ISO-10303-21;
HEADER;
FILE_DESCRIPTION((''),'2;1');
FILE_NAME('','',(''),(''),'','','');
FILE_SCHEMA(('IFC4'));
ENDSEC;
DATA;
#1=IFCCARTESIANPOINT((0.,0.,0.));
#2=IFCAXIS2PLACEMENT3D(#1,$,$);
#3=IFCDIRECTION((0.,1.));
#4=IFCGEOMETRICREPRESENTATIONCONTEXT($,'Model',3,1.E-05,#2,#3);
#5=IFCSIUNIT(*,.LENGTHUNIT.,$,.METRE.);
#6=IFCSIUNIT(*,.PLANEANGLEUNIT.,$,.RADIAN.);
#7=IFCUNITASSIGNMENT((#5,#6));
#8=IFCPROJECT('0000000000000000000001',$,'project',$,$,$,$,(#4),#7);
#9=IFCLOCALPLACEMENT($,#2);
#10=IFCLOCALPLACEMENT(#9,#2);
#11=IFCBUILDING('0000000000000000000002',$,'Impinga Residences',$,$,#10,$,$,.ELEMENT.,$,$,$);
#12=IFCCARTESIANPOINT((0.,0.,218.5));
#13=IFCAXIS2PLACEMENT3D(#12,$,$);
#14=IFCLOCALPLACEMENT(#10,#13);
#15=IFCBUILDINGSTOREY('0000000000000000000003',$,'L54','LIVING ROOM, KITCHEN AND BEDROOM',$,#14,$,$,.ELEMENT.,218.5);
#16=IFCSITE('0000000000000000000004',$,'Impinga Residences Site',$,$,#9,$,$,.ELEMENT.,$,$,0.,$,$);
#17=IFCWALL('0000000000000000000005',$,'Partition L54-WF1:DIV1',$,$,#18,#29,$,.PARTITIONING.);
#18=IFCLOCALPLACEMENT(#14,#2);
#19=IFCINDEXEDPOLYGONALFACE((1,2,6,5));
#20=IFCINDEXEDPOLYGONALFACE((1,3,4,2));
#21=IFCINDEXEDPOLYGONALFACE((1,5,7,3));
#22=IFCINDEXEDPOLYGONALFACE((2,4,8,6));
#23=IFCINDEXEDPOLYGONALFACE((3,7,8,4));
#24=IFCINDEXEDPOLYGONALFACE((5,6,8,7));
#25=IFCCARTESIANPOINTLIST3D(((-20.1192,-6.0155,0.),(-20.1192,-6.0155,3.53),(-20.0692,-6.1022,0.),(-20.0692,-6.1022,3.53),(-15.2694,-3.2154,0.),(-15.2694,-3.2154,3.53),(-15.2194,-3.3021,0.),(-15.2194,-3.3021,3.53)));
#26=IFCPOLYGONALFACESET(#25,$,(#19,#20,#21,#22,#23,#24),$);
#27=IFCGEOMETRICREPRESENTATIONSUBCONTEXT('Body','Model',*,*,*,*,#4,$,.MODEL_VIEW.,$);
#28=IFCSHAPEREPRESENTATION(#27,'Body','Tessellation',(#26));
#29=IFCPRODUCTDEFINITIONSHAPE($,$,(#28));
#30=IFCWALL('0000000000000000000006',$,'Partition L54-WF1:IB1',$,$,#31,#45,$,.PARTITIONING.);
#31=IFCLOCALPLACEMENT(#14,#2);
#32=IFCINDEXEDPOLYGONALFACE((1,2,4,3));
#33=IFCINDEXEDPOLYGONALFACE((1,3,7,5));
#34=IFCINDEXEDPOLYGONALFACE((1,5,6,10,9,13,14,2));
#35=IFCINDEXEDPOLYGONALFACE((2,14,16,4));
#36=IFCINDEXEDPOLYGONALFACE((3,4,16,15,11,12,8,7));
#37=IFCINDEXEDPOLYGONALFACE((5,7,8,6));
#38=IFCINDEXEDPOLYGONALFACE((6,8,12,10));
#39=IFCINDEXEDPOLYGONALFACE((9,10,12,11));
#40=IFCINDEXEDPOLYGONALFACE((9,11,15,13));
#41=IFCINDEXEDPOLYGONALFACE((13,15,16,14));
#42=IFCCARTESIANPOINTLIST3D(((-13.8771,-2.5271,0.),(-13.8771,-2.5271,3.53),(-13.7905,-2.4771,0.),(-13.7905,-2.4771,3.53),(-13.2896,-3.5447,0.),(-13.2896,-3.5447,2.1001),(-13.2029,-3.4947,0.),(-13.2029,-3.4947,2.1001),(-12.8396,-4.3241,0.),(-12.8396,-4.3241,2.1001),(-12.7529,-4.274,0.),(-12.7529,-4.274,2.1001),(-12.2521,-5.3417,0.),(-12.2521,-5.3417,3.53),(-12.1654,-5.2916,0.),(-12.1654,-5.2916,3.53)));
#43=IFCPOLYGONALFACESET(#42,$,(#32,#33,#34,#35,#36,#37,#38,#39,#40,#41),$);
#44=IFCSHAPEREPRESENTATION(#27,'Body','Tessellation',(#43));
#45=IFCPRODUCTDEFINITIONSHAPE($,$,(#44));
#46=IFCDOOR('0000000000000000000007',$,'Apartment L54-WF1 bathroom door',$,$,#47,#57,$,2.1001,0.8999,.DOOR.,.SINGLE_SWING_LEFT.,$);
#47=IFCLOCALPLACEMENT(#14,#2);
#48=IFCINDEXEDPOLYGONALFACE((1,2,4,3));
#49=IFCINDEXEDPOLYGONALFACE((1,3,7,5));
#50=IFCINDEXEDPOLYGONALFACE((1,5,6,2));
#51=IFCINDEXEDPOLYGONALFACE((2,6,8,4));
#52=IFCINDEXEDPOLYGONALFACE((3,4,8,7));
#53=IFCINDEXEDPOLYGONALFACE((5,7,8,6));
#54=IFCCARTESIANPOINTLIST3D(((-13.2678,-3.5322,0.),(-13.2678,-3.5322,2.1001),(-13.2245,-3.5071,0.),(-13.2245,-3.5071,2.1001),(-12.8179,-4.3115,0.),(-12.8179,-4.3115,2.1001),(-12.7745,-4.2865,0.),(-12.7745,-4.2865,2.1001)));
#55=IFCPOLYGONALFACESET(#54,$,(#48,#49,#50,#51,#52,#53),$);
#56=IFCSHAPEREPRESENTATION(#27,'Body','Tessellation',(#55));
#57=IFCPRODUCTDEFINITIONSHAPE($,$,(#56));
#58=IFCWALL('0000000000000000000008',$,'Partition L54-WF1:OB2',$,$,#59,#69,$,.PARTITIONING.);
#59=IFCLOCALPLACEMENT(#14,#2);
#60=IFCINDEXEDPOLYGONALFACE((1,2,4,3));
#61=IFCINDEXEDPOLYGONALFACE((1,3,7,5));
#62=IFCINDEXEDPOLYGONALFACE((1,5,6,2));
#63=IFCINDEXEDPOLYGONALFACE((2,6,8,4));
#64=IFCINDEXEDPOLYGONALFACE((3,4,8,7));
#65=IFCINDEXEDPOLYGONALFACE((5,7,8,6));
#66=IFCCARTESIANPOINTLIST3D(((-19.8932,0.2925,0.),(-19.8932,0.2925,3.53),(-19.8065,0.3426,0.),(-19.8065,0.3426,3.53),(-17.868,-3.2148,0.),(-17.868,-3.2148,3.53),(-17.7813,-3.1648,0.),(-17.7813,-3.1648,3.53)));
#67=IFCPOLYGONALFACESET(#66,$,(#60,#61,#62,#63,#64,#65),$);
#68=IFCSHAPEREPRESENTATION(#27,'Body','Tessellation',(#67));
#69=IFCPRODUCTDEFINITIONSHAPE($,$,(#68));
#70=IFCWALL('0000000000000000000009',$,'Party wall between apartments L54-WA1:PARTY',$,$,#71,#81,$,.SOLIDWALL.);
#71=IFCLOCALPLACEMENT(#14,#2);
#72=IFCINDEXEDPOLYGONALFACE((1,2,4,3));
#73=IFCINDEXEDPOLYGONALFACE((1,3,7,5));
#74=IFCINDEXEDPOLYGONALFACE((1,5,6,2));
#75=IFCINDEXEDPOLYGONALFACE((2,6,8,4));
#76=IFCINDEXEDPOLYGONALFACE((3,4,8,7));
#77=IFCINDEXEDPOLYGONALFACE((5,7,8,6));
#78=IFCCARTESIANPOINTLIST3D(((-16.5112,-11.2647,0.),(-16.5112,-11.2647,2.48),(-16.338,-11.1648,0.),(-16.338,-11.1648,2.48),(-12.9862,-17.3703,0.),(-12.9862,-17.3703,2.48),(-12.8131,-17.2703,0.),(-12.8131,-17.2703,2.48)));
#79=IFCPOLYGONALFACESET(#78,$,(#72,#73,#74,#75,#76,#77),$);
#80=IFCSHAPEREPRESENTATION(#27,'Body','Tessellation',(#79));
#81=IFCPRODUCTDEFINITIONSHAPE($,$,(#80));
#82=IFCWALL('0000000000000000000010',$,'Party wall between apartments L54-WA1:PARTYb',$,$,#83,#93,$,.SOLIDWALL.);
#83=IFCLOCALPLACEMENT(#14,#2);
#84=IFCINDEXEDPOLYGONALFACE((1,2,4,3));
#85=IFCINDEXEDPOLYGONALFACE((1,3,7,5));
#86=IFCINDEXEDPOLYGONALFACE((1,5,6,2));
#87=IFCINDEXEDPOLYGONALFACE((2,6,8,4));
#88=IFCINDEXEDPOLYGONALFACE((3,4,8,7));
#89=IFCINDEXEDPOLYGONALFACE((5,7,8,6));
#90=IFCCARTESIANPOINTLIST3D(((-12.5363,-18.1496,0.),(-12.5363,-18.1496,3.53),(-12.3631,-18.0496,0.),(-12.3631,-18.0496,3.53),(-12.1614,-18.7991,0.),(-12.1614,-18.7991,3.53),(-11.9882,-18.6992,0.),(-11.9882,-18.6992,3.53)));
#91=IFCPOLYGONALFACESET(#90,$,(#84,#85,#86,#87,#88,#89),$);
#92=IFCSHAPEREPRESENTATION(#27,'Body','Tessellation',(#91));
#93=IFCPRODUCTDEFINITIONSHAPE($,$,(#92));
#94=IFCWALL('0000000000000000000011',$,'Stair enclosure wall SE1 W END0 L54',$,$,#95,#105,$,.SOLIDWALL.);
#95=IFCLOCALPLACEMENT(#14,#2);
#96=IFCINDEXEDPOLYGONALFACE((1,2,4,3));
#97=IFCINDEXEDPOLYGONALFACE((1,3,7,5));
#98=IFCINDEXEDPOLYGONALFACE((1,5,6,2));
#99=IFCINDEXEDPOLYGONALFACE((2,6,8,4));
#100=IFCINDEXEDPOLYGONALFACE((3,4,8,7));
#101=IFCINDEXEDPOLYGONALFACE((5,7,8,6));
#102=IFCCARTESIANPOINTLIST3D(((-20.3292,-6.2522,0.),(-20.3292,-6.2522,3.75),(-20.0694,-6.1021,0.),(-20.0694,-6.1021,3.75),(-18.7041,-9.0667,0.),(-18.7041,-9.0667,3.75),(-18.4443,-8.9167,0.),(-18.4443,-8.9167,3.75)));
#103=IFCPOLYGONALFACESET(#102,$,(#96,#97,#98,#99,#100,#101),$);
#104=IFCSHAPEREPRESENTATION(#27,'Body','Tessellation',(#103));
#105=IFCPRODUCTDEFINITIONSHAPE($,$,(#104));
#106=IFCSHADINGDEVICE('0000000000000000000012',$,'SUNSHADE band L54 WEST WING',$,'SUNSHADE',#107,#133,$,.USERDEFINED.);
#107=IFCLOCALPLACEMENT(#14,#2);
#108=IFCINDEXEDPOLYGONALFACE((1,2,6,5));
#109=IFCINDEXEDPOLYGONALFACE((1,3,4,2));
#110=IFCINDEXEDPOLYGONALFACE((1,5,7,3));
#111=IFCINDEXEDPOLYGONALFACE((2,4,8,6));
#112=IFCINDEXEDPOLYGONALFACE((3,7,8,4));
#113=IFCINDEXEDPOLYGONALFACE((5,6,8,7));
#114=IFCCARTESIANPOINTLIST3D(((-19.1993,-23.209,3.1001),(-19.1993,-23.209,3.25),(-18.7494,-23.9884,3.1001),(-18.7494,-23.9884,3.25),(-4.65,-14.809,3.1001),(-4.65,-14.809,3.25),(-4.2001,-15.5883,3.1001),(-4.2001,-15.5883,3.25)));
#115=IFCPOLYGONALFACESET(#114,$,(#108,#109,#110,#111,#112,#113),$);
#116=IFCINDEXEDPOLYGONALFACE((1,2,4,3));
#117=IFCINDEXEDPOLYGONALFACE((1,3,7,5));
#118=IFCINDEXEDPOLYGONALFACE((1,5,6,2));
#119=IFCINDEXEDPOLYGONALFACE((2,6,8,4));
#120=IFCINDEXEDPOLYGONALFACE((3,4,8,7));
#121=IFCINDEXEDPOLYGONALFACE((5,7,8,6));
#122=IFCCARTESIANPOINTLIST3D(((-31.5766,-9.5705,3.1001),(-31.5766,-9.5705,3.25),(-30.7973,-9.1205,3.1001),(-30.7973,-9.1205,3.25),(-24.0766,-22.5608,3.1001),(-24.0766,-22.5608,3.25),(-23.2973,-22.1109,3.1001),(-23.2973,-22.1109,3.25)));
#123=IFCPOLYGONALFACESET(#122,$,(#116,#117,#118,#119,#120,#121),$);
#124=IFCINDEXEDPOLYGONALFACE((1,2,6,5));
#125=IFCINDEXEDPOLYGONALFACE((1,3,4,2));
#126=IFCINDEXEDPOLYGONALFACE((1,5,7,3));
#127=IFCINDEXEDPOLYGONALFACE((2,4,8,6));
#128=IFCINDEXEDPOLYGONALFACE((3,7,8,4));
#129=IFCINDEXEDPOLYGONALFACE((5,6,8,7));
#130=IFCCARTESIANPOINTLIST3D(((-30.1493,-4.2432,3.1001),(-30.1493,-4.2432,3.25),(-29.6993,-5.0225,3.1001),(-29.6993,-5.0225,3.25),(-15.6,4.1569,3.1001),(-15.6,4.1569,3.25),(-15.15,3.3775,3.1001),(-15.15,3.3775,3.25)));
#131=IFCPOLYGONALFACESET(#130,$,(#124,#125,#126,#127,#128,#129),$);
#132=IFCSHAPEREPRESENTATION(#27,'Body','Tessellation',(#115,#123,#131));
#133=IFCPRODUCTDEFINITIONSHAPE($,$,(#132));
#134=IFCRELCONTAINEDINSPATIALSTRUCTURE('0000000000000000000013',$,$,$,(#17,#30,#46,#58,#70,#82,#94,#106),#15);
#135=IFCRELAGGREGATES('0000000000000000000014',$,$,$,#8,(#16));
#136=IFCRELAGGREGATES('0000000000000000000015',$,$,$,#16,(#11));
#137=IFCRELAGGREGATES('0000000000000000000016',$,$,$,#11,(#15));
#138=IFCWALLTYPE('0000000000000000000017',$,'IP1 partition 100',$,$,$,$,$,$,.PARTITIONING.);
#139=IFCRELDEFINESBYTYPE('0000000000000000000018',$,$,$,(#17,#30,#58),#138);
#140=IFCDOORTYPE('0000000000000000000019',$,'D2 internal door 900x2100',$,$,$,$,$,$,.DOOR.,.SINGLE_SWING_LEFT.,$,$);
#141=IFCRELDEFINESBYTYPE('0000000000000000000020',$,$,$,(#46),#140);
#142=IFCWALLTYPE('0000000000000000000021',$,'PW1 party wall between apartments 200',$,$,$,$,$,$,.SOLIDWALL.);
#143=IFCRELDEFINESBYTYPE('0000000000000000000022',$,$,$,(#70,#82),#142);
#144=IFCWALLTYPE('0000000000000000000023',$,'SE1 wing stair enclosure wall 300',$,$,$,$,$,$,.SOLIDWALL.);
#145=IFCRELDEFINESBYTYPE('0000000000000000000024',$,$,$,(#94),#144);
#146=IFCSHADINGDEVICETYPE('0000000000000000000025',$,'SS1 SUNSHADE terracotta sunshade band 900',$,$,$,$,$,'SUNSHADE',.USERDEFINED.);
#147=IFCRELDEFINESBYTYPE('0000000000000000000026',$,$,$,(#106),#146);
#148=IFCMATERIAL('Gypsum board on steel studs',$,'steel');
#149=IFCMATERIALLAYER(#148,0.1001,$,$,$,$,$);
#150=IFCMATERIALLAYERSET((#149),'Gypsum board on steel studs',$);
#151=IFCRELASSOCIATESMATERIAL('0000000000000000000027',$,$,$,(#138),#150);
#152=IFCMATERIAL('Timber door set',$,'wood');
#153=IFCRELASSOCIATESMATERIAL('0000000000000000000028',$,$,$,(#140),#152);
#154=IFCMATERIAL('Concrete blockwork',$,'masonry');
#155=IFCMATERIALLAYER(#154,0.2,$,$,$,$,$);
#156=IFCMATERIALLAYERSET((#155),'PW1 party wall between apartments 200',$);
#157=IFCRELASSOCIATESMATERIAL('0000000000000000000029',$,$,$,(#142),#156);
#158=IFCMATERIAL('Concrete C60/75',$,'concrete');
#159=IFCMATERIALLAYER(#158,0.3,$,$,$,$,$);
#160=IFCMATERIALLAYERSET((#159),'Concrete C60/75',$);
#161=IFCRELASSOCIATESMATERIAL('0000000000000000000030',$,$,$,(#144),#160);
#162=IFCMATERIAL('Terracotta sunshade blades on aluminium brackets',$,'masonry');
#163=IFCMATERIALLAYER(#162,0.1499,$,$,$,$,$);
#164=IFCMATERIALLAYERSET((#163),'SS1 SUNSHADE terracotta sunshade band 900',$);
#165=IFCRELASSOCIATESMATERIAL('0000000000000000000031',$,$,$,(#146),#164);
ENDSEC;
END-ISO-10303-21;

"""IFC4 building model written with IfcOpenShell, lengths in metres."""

from ifc_helpers import new_model, si_unit, direction, frame, frame_2d, origin, origin_2d, place, context, subcontext, project, spatial, rectangle, extrude, material, layer, layer_set, type_object, element, fill, save


model = new_model("IFC4")

# Units and contexts
model_context = context("Model", 3, precision=1e-05, world=origin(), true_north=direction((0.0, 1.0)))
body_context = subcontext(model_context, "Body", "Model", "MODEL_VIEW")
ifc_project = project(units=[si_unit("LENGTHUNIT", "METRE"), si_unit("PLANEANGLEUNIT", "RADIAN")], contexts=[model_context])

# Site, building, storey
site_placement = place(None, origin())
site = spatial("IfcSite", under=ifc_project, at=site_placement, Name="Impinga Residences Site", CompositionType="ELEMENT", RefElevation=0.0)
building_placement = place(site_placement, origin())
building = spatial("IfcBuilding", under=site, at=building_placement, Name="Impinga Residences", CompositionType="ELEMENT")
storey_placement = place(building_placement, frame((0.0, 0.0, 218.5)))
storey = spatial("IfcBuildingStorey", under=building, at=storey_placement, Name="L54", Description="LIVING ROOM, KITCHEN AND BEDROOM", CompositionType="ELEMENT", Elevation=218.5)

# Shared definitions
ifc_material_1 = material(Name="Concrete C60/75", Category="concrete")

# Shared definitions
ifc_material_2 = material(Name="Gypsum board on steel studs", Category="steel")
ifc_layer_1 = layer(ifc_material_2, 0.1001)
ifc_layer_set_1 = layer_set([ifc_layer_1], Name="Gypsum board on steel studs")
wall_type_1 = type_object("IfcWallType", Name="IP1 partition 100", PredefinedType="PARTITIONING", material=ifc_layer_set_1)

# Shared definitions
ifc_material_3 = material(Name="Timber door set", Category="wood")
door_type = type_object("IfcDoorType", Name="D2 internal door 900x2100", OperationType="SINGLE_SWING_LEFT", PredefinedType="DOOR", material=ifc_material_3)

# Wall
wall_1_placement = place(storey_placement, frame((-15.2444, -3.2588, 0.0), z_axis=(0.0, 0.0, 1.0), x_axis=(-0.866027, -0.499998, 0.0)))
element("IfcWall", 1, at=wall_1_placement, inside=storey, type_object=wall_type_1, Name="Partition L54-WF1:DIV1", PredefinedType="PARTITIONING", context=body_context, shape_type="SweptSolid", body=[
    extrude(rectangle(XDim=5.6001, YDim=0.1001, at=frame_2d((2.8, 0.0))), origin(), (0.0, 0.0, 1.0), 3.53),
])

# Wall, opening, door
wall_2_placement = place(storey_placement, frame((-12.2087, -5.3167, 0.0), z_axis=(0.0, 0.0, 1.0), x_axis=(-0.500017, 0.866015, 0.0)))
wall_2 = element("IfcWall", 2, at=wall_2_placement, inside=storey, type_object=wall_type_1, Name="Partition L54-WF1:IB1", PredefinedType="PARTITIONING", context=body_context, shape_type="SweptSolid", body=[
    extrude(rectangle(XDim=3.25, YDim=0.1001, at=frame_2d((1.625, 0.0))), origin(), (0.0, 0.0, 1.0), 3.53),
])
opening_1_placement = place(wall_2_placement, frame((1.175, 0.0, 0.0)))
opening_1 = element("IfcOpeningElement", 3, at=opening_1_placement, cuts=wall_2, PredefinedType="OPENING", context=body_context, shape_type="SweptSolid", body=[
    extrude(rectangle(XDim=0.8999, YDim=2.1001, at=frame_2d((0.45, 1.05))), frame((0.0, 0.0601, 0.0), z_axis=(0.0, -1.0, 0.0), x_axis=(1.0, 0.0, 0.0)), (0.0, 0.0, 1.0), 0.1201),
])
door_1_placement = place(opening_1_placement, origin())
door_1 = element("IfcDoor", 4, at=door_1_placement, inside=storey, type_object=door_type, Name="Apartment L54-WF1 bathroom door", OperationType="SINGLE_SWING_LEFT", OverallHeight=2.1001, OverallWidth=0.8999, PredefinedType="DOOR", context=body_context, shape_type="SweptSolid", body=[
    extrude(rectangle(XDim=0.8999, YDim=2.1001, at=frame_2d((0.45, 1.05))), frame((0.0, 0.0249, 0.0), z_axis=(0.0, -1.0, 0.0), x_axis=(1.0, 0.0, 0.0)), (0.0, 0.0, 1.0), 0.05),
])
fill(opening_1, door_1)

# Walls
wall_3_placement = place(storey_placement, frame((-17.8247, -3.1897, 0.0), z_axis=(0.0, 0.0, 1.0), x_axis=(-0.500036, 0.866005, 0.0)))
element("IfcWall", 5, at=wall_3_placement, inside=storey, type_object=wall_type_1, Name="Partition L54-WF1:OB2", PredefinedType="PARTITIONING", context=body_context, shape_type="SweptSolid", body=[
    extrude(rectangle(XDim=4.05, YDim=0.1001, at=frame_2d((2.0249, 0.0))), origin(), (0.0, 0.0, 1.0), 3.53),
])
ifc_material_4 = material(Name="Concrete blockwork", Category="masonry")
ifc_layer_2 = layer(ifc_material_4, 0.2)
ifc_layer_set_2 = layer_set([ifc_layer_2], Name="PW1 party wall between apartments 200")
wall_type_2 = type_object("IfcWallType", Name="PW1 party wall between apartments 200", PredefinedType="SOLIDWALL", material=ifc_layer_set_2)
wall_4_placement = place(storey_placement, frame((-16.4246, -11.2148, 0.0), z_axis=(0.0, 0.0, 1.0), x_axis=(0.49999, -0.866031, 0.0)))
element("IfcWall", 6, at=wall_4_placement, inside=storey, type_object=wall_type_2, Name="Party wall between apartments L54-WA1:PARTY", PredefinedType="SOLIDWALL", context=body_context, shape_type="SweptSolid", body=[
    extrude(rectangle(XDim=7.05, YDim=0.2, at=frame_2d((3.5249, 0.0))), origin(), (0.0, 0.0, 1.0), 2.48),
])
wall_5_placement = place(storey_placement, frame((-12.4497, -18.0996, 0.0), z_axis=(0.0, 0.0, 1.0), x_axis=(0.49992, -0.866072, 0.0)))
element("IfcWall", 7, at=wall_5_placement, inside=storey, type_object=wall_type_2, Name="Party wall between apartments L54-WA1:PARTYb", PredefinedType="SOLIDWALL", context=body_context, shape_type="SweptSolid", body=[
    extrude(rectangle(XDim=0.75, YDim=0.2, at=frame_2d((0.375, 0.0))), origin(), (0.0, 0.0, 1.0), 3.53),
])
ifc_layer_3 = layer(ifc_material_1, 0.3)
ifc_layer_set_3 = layer_set([ifc_layer_3], Name="Concrete C60/75")
wall_type_3 = type_object("IfcWallType", Name="SE1 wing stair enclosure wall 300", PredefinedType="SOLIDWALL", material=ifc_layer_set_3)
wall_6_placement = place(storey_placement, frame((-18.5742, -8.9917, 0.0), z_axis=(0.0, 0.0, 1.0), x_axis=(-0.500017, 0.866015, 0.0)))
element("IfcWall", 8, at=wall_6_placement, inside=storey, type_object=wall_type_3, Name="Stair enclosure wall SE1 W END0 L54", PredefinedType="SOLIDWALL", context=body_context, shape_type="SweptSolid", body=[
    extrude(rectangle(XDim=3.25, YDim=0.3, at=frame_2d((1.625, 0.0))), origin(), (0.0, 0.0, 1.0), 3.75),
])

# Shading device
ifc_material_5 = material(Name="Terracotta sunshade blades on aluminium brackets", Category="masonry")
ifc_layer_4 = layer(ifc_material_5, 0.1499)
ifc_layer_set_4 = layer_set([ifc_layer_4], Name="SS1 SUNSHADE terracotta sunshade band 900")
shading_device_type = type_object("IfcShadingDeviceType", Name="SS1 SUNSHADE terracotta sunshade band 900", ElementType="SUNSHADE", PredefinedType="USERDEFINED", material=ifc_layer_set_4)
shading_device_placement = place(storey_placement, frame((-11.6997, -19.3987, 3.1001), z_axis=(0.0, 0.0, 1.0), x_axis=(-0.866025, -0.5, 0.0)))
element("IfcShadingDevice", 9, at=shading_device_placement, inside=storey, type_object=shading_device_type, Name="SUNSHADE band L54 WEST WING", ObjectType="SUNSHADE", PredefinedType="USERDEFINED", context=body_context, shape_type="SweptSolid", body=[
    extrude(rectangle(XDim=16.8, YDim=0.8999, at=origin_2d()), origin(), (0.0, 0.0, 1.0), 0.1499),
    extrude(rectangle(XDim=15.0, YDim=0.8999, at=origin_2d()), frame((11.8499, -10.95, 0.0), z_axis=(0.0, 0.0, 1.0), x_axis=(0.0, -1.0, 0.0)), (0.0, 0.0, 1.0), 0.1499),
    extrude(rectangle(XDim=16.8, YDim=0.8999, at=origin_2d()), frame((0.0, -21.8999, 0.0), z_axis=(0.0, 0.0, 1.0), x_axis=(-1.0, 0.0, 0.0)), (0.0, 0.0, 1.0), 0.1499),
])

save(model, "model.ifc")
